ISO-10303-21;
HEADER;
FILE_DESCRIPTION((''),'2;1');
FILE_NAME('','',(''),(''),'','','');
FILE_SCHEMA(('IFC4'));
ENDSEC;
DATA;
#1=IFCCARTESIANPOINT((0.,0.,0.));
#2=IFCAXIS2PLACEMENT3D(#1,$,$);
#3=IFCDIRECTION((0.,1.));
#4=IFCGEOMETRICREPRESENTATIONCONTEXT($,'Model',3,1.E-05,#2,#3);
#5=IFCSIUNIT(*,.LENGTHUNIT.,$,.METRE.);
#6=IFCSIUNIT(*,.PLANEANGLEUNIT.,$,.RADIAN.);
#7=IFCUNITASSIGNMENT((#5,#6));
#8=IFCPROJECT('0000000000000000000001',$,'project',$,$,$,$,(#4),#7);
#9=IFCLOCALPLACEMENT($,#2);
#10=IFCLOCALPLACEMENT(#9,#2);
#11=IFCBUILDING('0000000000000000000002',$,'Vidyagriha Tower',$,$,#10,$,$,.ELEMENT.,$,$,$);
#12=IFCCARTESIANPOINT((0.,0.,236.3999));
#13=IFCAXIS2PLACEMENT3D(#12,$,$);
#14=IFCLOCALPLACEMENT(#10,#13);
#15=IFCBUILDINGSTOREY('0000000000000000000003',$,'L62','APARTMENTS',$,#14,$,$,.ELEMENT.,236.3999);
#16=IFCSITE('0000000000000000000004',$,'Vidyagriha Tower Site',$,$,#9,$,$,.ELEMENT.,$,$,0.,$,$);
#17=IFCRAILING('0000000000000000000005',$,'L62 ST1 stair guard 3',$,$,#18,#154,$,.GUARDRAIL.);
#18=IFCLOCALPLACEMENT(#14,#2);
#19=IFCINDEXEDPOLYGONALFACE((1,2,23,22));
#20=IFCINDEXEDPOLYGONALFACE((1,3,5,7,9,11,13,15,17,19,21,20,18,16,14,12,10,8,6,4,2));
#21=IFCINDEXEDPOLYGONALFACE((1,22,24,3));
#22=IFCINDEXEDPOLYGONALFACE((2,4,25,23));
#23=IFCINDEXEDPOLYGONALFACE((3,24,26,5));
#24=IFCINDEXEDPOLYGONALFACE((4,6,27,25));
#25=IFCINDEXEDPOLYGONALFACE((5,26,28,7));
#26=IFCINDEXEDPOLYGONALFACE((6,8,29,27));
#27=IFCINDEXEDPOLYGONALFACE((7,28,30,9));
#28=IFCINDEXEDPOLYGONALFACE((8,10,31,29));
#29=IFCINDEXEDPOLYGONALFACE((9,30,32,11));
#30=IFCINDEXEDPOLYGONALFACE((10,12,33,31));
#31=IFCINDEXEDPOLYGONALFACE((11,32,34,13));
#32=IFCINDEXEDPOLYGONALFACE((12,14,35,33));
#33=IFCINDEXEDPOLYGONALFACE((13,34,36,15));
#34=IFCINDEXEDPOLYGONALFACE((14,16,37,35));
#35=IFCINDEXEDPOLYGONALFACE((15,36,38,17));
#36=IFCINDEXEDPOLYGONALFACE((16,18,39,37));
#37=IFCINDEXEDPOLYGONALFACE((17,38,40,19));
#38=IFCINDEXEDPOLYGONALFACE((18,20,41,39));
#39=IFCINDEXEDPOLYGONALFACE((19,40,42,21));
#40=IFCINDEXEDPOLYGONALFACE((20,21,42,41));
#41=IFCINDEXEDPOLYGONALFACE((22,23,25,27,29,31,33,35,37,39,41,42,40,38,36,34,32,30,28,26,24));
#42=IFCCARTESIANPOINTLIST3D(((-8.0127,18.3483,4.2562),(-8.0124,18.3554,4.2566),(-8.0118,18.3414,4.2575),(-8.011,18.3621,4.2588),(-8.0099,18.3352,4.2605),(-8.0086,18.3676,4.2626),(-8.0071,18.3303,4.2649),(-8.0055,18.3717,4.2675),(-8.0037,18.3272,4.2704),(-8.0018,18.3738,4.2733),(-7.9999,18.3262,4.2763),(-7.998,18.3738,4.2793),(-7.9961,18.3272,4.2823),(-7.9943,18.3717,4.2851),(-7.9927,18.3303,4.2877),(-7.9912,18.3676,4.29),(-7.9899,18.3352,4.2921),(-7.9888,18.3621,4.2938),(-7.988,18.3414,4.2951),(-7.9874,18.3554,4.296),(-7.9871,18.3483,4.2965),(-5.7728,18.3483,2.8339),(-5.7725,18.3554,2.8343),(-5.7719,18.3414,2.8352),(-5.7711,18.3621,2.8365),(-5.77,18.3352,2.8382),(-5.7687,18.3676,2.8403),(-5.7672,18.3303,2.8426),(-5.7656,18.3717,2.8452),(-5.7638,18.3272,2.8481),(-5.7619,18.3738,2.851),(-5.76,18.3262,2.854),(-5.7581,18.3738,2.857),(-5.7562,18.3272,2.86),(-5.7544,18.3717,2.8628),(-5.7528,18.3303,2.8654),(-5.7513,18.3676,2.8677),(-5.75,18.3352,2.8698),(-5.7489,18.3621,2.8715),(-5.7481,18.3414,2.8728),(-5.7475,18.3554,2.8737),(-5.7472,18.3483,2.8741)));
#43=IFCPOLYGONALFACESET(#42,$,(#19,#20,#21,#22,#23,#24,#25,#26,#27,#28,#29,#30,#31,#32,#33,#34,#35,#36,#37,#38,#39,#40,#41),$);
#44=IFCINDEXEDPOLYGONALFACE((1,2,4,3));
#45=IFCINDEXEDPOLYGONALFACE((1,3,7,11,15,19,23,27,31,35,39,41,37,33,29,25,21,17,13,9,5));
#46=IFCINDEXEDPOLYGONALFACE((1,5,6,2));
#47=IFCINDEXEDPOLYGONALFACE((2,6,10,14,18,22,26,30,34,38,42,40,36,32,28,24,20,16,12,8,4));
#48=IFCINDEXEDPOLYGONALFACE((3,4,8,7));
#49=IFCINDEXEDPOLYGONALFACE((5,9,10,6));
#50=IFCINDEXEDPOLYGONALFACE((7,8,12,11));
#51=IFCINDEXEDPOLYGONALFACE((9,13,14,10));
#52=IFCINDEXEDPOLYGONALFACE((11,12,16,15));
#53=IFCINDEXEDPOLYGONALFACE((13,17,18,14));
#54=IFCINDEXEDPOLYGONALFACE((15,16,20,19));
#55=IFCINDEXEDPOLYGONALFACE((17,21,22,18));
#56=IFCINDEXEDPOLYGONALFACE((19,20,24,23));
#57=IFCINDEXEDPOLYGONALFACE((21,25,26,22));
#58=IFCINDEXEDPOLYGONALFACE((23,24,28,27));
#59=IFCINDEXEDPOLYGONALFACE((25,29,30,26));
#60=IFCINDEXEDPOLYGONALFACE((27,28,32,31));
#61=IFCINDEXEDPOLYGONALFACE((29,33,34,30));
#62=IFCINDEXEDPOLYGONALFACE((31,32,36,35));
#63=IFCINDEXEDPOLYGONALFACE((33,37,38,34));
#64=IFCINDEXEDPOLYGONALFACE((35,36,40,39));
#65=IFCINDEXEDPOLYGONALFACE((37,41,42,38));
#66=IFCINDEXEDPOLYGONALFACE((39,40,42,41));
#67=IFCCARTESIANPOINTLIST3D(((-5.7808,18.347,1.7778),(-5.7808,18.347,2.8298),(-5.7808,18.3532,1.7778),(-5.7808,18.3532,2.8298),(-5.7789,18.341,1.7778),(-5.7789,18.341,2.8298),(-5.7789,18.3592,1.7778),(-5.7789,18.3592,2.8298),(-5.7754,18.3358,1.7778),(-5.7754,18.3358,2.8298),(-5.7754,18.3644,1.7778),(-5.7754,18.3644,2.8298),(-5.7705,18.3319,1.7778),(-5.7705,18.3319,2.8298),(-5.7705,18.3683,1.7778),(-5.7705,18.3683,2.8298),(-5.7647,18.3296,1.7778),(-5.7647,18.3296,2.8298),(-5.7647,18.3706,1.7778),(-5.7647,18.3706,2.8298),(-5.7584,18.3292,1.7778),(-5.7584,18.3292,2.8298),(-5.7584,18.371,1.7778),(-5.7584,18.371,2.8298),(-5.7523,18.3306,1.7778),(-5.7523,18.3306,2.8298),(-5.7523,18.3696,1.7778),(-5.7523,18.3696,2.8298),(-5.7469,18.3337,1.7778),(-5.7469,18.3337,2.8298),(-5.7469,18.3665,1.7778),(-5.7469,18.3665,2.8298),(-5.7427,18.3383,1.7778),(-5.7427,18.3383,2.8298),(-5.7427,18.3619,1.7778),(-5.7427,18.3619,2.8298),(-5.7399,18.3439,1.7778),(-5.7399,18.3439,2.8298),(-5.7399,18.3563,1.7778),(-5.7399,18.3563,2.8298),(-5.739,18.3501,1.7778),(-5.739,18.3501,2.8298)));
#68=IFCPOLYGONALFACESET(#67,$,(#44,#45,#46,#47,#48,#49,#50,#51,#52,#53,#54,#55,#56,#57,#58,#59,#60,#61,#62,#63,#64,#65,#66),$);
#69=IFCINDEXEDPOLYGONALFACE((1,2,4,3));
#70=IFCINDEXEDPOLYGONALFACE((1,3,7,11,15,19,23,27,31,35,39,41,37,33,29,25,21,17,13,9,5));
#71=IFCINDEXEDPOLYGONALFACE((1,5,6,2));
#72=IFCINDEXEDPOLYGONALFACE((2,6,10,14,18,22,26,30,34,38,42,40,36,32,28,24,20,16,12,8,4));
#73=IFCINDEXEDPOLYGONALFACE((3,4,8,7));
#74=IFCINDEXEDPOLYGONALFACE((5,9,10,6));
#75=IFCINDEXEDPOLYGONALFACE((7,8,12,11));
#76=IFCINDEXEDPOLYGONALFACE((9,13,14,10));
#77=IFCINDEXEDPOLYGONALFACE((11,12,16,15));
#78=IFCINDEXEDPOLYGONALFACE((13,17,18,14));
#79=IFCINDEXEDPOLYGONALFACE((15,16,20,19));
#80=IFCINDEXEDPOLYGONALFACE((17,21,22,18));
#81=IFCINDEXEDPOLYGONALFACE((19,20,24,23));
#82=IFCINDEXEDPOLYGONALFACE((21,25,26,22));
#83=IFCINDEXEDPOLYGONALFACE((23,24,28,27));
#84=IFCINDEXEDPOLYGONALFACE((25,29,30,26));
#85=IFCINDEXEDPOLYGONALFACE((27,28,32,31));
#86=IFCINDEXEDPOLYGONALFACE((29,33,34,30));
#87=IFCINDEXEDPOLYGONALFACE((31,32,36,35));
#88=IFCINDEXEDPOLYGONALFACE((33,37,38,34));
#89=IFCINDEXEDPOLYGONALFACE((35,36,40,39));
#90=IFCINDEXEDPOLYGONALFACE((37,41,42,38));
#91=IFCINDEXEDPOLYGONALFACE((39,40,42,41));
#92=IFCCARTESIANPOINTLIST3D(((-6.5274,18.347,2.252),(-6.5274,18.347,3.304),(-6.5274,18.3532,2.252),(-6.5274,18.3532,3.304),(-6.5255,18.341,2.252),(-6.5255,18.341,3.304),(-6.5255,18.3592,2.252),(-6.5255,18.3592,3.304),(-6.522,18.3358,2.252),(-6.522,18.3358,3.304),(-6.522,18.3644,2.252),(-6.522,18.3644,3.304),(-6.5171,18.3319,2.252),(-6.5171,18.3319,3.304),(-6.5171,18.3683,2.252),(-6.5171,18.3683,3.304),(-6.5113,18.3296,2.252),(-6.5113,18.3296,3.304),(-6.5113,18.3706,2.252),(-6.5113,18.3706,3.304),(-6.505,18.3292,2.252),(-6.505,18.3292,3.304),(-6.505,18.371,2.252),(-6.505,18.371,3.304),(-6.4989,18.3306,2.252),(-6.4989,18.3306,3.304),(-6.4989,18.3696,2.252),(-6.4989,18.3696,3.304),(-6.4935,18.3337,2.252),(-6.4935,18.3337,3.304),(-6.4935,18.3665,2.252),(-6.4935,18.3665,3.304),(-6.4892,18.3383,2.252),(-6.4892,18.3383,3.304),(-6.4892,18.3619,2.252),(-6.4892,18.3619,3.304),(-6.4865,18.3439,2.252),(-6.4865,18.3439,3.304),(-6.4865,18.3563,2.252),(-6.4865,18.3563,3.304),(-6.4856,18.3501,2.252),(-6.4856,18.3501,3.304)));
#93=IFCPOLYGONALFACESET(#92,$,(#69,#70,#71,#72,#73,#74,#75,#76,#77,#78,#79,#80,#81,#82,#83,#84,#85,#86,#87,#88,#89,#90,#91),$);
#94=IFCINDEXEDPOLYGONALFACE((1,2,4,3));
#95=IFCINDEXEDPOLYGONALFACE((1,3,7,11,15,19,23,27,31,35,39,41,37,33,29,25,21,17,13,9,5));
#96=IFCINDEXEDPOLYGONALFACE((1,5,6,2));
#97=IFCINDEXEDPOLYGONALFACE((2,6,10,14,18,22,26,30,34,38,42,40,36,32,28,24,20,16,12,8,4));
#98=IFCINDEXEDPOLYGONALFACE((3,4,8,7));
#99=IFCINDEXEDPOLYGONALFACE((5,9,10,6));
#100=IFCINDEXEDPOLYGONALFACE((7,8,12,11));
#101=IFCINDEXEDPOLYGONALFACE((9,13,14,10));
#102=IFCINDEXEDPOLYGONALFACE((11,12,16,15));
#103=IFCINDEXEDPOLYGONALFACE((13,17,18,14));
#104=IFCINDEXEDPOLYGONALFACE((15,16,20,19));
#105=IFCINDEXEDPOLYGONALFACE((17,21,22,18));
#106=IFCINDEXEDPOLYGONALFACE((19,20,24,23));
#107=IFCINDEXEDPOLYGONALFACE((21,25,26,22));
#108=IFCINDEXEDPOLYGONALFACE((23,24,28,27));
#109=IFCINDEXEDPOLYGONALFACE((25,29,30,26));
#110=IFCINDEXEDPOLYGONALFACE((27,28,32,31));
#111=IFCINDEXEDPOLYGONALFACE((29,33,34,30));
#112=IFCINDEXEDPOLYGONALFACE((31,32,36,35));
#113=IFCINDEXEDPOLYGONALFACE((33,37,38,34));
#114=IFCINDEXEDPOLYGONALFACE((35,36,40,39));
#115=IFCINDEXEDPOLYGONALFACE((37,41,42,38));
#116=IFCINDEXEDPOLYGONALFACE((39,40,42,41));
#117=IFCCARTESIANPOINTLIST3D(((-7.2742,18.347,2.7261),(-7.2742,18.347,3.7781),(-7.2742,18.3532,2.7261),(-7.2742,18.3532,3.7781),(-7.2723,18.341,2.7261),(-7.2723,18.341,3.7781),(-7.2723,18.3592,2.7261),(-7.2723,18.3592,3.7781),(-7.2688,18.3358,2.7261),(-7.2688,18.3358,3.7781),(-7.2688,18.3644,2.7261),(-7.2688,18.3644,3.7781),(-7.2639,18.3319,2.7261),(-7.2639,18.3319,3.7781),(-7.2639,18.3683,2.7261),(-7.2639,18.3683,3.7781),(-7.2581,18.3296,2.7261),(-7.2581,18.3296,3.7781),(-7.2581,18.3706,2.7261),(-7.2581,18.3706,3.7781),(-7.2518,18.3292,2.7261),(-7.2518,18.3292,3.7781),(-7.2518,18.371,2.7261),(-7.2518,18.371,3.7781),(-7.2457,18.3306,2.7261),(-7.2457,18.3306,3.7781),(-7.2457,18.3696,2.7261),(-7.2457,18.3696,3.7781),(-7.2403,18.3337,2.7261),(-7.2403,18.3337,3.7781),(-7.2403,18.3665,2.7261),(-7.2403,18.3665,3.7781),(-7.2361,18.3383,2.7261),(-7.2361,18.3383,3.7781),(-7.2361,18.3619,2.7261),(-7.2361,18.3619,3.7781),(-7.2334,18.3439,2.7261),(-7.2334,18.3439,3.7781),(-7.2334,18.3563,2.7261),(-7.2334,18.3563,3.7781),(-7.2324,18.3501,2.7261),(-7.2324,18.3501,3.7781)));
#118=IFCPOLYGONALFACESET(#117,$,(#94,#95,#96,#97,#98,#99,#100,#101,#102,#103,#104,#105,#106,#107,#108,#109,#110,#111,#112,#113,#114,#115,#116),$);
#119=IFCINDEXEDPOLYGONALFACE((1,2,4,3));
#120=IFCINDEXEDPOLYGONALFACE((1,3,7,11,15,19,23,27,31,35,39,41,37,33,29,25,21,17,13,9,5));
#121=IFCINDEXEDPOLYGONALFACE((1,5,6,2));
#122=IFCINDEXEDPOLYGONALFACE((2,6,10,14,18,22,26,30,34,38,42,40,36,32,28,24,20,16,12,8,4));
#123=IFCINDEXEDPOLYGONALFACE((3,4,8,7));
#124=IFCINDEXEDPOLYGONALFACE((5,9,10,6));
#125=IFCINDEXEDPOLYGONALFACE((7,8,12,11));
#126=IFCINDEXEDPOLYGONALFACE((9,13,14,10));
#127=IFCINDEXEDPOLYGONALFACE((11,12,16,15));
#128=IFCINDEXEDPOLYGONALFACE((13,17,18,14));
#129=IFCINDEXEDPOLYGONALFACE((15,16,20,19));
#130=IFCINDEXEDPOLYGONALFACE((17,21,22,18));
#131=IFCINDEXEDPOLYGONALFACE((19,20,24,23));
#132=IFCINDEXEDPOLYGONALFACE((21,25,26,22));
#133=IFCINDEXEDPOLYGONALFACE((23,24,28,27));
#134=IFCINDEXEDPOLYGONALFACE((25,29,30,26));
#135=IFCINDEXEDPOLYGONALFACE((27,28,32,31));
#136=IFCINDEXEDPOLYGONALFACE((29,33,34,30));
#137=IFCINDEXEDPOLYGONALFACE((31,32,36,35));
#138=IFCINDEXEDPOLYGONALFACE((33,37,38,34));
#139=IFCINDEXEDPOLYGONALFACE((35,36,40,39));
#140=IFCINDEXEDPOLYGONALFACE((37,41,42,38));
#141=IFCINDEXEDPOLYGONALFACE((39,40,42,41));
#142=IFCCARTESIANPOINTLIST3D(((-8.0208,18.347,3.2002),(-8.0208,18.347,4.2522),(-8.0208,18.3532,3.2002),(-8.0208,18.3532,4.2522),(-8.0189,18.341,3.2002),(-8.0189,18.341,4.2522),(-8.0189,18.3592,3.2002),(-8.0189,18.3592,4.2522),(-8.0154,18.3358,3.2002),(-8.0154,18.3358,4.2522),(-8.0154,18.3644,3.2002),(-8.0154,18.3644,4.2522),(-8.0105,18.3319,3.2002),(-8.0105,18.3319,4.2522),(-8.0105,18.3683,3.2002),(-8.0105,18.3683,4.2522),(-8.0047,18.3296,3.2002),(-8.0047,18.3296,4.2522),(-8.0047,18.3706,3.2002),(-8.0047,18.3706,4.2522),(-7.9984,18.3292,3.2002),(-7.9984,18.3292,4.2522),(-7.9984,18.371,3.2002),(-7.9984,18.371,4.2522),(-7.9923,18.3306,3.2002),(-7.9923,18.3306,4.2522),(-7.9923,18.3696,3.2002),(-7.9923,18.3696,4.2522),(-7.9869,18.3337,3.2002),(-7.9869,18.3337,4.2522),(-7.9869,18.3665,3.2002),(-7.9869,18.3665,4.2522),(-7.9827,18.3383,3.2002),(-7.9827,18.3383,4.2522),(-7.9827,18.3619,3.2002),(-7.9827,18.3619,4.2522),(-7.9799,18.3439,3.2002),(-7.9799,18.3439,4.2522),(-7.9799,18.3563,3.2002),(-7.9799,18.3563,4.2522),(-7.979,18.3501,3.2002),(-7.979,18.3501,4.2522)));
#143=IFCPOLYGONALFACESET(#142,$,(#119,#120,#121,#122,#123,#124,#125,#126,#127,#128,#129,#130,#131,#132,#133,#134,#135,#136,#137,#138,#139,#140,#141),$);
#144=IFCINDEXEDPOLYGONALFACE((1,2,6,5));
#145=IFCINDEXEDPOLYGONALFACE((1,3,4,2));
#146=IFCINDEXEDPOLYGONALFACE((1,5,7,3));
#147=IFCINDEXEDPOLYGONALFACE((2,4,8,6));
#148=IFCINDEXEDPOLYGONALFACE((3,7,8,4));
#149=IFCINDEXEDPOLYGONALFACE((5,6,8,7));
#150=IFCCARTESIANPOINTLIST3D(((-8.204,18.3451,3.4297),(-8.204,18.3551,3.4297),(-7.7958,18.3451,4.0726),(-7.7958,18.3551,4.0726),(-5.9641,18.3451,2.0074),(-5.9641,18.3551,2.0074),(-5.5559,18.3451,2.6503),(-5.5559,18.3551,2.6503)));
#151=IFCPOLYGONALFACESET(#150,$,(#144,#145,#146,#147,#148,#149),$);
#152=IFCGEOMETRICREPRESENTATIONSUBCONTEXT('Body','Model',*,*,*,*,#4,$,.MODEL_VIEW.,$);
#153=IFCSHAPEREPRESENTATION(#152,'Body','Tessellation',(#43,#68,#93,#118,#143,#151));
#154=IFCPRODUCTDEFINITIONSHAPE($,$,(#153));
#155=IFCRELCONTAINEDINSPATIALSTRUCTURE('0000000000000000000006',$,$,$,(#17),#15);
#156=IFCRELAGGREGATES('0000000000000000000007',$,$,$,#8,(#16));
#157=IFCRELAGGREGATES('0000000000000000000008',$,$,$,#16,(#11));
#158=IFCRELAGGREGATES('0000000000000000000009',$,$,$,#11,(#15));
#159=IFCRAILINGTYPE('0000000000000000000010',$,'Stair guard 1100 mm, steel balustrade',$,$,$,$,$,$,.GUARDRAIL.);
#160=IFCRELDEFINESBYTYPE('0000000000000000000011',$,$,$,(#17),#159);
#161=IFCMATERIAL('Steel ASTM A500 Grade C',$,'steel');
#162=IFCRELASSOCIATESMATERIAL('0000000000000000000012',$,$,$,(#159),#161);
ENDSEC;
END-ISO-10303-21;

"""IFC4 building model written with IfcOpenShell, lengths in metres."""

from ifc_helpers import new_model, si_unit, direction, frame, origin, origin_2d, place, context, subcontext, project, spatial, rectangle, circle, extrude, material, type_object, element, save


model = new_model("IFC4")

# Units and contexts
model_context = context("Model", 3, precision=1e-05, world=origin(), true_north=direction((0.0, 1.0)))
body_context = subcontext(model_context, "Body", "Model", "MODEL_VIEW")
ifc_project = project(units=[si_unit("LENGTHUNIT", "METRE"), si_unit("PLANEANGLEUNIT", "RADIAN")], contexts=[model_context])

# Site, building, storey
site_placement = place(None, origin())
site = spatial("IfcSite", under=ifc_project, at=site_placement, Name="Vidyagriha Tower Site", CompositionType="ELEMENT", RefElevation=0.0)
building_placement = place(site_placement, origin())
building = spatial("IfcBuilding", under=site, at=building_placement, Name="Vidyagriha Tower", CompositionType="ELEMENT")
storey_placement = place(building_placement, frame((0.0, 0.0, 236.3999)))
storey = spatial("IfcBuildingStorey", under=building, at=storey_placement, Name="L62", Description="APARTMENTS", CompositionType="ELEMENT", Elevation=236.3999)

# Railing
ifc_material_1 = material(Name="Steel ASTM A500 Grade C", Category="steel")
railing_type_1 = type_object("IfcRailingType", Name="Stair guard 1100 mm, steel balustrade", PredefinedType="GUARDRAIL", material=ifc_material_1)
railing_1_placement = place(storey_placement, frame((-5.76, 18.3501, 1.7778)))
element("IfcRailing", 1, at=railing_1_placement, inside=storey, type_object=railing_type_1, Name="L62 ST1 stair guard 3", PredefinedType="GUARDRAIL", context=body_context, shape_type="SweptSolid", body=[
    extrude(circle(Radius=0.0239, at=origin_2d()), frame((0.0, 0.0, 1.0762), z_axis=(-0.844188, 0.0, 0.536048), x_axis=(0.0, -1.0, 0.0)), (0.0, 0.0, 1.0), 2.6533),
    extrude(circle(Radius=0.021, at=origin_2d()), origin(), (0.0, 0.0, 1.0), 1.052),
    extrude(circle(Radius=0.021, at=origin_2d()), frame((-0.7466, 0.0, 0.4741)), (0.0, 0.0, 1.0), 1.052),
    extrude(circle(Radius=0.021, at=origin_2d()), frame((-1.4934, 0.0, 0.9482)), (0.0, 0.0, 1.0), 1.052),
    extrude(circle(Radius=0.021, at=origin_2d()), frame((-2.24, 0.0, 1.4224)), (0.0, 0.0, 1.0), 1.052),
    extrude(rectangle(XDim=0.01, YDim=0.7615, at=origin_2d()), frame((0.0, 0.0, 0.551), z_axis=(-0.844188, 0.0, 0.536048), x_axis=(0.0, -1.0, 0.0)), (0.0, 0.0, 1.0), 2.6533),
])

save(model, "model.ifc")
